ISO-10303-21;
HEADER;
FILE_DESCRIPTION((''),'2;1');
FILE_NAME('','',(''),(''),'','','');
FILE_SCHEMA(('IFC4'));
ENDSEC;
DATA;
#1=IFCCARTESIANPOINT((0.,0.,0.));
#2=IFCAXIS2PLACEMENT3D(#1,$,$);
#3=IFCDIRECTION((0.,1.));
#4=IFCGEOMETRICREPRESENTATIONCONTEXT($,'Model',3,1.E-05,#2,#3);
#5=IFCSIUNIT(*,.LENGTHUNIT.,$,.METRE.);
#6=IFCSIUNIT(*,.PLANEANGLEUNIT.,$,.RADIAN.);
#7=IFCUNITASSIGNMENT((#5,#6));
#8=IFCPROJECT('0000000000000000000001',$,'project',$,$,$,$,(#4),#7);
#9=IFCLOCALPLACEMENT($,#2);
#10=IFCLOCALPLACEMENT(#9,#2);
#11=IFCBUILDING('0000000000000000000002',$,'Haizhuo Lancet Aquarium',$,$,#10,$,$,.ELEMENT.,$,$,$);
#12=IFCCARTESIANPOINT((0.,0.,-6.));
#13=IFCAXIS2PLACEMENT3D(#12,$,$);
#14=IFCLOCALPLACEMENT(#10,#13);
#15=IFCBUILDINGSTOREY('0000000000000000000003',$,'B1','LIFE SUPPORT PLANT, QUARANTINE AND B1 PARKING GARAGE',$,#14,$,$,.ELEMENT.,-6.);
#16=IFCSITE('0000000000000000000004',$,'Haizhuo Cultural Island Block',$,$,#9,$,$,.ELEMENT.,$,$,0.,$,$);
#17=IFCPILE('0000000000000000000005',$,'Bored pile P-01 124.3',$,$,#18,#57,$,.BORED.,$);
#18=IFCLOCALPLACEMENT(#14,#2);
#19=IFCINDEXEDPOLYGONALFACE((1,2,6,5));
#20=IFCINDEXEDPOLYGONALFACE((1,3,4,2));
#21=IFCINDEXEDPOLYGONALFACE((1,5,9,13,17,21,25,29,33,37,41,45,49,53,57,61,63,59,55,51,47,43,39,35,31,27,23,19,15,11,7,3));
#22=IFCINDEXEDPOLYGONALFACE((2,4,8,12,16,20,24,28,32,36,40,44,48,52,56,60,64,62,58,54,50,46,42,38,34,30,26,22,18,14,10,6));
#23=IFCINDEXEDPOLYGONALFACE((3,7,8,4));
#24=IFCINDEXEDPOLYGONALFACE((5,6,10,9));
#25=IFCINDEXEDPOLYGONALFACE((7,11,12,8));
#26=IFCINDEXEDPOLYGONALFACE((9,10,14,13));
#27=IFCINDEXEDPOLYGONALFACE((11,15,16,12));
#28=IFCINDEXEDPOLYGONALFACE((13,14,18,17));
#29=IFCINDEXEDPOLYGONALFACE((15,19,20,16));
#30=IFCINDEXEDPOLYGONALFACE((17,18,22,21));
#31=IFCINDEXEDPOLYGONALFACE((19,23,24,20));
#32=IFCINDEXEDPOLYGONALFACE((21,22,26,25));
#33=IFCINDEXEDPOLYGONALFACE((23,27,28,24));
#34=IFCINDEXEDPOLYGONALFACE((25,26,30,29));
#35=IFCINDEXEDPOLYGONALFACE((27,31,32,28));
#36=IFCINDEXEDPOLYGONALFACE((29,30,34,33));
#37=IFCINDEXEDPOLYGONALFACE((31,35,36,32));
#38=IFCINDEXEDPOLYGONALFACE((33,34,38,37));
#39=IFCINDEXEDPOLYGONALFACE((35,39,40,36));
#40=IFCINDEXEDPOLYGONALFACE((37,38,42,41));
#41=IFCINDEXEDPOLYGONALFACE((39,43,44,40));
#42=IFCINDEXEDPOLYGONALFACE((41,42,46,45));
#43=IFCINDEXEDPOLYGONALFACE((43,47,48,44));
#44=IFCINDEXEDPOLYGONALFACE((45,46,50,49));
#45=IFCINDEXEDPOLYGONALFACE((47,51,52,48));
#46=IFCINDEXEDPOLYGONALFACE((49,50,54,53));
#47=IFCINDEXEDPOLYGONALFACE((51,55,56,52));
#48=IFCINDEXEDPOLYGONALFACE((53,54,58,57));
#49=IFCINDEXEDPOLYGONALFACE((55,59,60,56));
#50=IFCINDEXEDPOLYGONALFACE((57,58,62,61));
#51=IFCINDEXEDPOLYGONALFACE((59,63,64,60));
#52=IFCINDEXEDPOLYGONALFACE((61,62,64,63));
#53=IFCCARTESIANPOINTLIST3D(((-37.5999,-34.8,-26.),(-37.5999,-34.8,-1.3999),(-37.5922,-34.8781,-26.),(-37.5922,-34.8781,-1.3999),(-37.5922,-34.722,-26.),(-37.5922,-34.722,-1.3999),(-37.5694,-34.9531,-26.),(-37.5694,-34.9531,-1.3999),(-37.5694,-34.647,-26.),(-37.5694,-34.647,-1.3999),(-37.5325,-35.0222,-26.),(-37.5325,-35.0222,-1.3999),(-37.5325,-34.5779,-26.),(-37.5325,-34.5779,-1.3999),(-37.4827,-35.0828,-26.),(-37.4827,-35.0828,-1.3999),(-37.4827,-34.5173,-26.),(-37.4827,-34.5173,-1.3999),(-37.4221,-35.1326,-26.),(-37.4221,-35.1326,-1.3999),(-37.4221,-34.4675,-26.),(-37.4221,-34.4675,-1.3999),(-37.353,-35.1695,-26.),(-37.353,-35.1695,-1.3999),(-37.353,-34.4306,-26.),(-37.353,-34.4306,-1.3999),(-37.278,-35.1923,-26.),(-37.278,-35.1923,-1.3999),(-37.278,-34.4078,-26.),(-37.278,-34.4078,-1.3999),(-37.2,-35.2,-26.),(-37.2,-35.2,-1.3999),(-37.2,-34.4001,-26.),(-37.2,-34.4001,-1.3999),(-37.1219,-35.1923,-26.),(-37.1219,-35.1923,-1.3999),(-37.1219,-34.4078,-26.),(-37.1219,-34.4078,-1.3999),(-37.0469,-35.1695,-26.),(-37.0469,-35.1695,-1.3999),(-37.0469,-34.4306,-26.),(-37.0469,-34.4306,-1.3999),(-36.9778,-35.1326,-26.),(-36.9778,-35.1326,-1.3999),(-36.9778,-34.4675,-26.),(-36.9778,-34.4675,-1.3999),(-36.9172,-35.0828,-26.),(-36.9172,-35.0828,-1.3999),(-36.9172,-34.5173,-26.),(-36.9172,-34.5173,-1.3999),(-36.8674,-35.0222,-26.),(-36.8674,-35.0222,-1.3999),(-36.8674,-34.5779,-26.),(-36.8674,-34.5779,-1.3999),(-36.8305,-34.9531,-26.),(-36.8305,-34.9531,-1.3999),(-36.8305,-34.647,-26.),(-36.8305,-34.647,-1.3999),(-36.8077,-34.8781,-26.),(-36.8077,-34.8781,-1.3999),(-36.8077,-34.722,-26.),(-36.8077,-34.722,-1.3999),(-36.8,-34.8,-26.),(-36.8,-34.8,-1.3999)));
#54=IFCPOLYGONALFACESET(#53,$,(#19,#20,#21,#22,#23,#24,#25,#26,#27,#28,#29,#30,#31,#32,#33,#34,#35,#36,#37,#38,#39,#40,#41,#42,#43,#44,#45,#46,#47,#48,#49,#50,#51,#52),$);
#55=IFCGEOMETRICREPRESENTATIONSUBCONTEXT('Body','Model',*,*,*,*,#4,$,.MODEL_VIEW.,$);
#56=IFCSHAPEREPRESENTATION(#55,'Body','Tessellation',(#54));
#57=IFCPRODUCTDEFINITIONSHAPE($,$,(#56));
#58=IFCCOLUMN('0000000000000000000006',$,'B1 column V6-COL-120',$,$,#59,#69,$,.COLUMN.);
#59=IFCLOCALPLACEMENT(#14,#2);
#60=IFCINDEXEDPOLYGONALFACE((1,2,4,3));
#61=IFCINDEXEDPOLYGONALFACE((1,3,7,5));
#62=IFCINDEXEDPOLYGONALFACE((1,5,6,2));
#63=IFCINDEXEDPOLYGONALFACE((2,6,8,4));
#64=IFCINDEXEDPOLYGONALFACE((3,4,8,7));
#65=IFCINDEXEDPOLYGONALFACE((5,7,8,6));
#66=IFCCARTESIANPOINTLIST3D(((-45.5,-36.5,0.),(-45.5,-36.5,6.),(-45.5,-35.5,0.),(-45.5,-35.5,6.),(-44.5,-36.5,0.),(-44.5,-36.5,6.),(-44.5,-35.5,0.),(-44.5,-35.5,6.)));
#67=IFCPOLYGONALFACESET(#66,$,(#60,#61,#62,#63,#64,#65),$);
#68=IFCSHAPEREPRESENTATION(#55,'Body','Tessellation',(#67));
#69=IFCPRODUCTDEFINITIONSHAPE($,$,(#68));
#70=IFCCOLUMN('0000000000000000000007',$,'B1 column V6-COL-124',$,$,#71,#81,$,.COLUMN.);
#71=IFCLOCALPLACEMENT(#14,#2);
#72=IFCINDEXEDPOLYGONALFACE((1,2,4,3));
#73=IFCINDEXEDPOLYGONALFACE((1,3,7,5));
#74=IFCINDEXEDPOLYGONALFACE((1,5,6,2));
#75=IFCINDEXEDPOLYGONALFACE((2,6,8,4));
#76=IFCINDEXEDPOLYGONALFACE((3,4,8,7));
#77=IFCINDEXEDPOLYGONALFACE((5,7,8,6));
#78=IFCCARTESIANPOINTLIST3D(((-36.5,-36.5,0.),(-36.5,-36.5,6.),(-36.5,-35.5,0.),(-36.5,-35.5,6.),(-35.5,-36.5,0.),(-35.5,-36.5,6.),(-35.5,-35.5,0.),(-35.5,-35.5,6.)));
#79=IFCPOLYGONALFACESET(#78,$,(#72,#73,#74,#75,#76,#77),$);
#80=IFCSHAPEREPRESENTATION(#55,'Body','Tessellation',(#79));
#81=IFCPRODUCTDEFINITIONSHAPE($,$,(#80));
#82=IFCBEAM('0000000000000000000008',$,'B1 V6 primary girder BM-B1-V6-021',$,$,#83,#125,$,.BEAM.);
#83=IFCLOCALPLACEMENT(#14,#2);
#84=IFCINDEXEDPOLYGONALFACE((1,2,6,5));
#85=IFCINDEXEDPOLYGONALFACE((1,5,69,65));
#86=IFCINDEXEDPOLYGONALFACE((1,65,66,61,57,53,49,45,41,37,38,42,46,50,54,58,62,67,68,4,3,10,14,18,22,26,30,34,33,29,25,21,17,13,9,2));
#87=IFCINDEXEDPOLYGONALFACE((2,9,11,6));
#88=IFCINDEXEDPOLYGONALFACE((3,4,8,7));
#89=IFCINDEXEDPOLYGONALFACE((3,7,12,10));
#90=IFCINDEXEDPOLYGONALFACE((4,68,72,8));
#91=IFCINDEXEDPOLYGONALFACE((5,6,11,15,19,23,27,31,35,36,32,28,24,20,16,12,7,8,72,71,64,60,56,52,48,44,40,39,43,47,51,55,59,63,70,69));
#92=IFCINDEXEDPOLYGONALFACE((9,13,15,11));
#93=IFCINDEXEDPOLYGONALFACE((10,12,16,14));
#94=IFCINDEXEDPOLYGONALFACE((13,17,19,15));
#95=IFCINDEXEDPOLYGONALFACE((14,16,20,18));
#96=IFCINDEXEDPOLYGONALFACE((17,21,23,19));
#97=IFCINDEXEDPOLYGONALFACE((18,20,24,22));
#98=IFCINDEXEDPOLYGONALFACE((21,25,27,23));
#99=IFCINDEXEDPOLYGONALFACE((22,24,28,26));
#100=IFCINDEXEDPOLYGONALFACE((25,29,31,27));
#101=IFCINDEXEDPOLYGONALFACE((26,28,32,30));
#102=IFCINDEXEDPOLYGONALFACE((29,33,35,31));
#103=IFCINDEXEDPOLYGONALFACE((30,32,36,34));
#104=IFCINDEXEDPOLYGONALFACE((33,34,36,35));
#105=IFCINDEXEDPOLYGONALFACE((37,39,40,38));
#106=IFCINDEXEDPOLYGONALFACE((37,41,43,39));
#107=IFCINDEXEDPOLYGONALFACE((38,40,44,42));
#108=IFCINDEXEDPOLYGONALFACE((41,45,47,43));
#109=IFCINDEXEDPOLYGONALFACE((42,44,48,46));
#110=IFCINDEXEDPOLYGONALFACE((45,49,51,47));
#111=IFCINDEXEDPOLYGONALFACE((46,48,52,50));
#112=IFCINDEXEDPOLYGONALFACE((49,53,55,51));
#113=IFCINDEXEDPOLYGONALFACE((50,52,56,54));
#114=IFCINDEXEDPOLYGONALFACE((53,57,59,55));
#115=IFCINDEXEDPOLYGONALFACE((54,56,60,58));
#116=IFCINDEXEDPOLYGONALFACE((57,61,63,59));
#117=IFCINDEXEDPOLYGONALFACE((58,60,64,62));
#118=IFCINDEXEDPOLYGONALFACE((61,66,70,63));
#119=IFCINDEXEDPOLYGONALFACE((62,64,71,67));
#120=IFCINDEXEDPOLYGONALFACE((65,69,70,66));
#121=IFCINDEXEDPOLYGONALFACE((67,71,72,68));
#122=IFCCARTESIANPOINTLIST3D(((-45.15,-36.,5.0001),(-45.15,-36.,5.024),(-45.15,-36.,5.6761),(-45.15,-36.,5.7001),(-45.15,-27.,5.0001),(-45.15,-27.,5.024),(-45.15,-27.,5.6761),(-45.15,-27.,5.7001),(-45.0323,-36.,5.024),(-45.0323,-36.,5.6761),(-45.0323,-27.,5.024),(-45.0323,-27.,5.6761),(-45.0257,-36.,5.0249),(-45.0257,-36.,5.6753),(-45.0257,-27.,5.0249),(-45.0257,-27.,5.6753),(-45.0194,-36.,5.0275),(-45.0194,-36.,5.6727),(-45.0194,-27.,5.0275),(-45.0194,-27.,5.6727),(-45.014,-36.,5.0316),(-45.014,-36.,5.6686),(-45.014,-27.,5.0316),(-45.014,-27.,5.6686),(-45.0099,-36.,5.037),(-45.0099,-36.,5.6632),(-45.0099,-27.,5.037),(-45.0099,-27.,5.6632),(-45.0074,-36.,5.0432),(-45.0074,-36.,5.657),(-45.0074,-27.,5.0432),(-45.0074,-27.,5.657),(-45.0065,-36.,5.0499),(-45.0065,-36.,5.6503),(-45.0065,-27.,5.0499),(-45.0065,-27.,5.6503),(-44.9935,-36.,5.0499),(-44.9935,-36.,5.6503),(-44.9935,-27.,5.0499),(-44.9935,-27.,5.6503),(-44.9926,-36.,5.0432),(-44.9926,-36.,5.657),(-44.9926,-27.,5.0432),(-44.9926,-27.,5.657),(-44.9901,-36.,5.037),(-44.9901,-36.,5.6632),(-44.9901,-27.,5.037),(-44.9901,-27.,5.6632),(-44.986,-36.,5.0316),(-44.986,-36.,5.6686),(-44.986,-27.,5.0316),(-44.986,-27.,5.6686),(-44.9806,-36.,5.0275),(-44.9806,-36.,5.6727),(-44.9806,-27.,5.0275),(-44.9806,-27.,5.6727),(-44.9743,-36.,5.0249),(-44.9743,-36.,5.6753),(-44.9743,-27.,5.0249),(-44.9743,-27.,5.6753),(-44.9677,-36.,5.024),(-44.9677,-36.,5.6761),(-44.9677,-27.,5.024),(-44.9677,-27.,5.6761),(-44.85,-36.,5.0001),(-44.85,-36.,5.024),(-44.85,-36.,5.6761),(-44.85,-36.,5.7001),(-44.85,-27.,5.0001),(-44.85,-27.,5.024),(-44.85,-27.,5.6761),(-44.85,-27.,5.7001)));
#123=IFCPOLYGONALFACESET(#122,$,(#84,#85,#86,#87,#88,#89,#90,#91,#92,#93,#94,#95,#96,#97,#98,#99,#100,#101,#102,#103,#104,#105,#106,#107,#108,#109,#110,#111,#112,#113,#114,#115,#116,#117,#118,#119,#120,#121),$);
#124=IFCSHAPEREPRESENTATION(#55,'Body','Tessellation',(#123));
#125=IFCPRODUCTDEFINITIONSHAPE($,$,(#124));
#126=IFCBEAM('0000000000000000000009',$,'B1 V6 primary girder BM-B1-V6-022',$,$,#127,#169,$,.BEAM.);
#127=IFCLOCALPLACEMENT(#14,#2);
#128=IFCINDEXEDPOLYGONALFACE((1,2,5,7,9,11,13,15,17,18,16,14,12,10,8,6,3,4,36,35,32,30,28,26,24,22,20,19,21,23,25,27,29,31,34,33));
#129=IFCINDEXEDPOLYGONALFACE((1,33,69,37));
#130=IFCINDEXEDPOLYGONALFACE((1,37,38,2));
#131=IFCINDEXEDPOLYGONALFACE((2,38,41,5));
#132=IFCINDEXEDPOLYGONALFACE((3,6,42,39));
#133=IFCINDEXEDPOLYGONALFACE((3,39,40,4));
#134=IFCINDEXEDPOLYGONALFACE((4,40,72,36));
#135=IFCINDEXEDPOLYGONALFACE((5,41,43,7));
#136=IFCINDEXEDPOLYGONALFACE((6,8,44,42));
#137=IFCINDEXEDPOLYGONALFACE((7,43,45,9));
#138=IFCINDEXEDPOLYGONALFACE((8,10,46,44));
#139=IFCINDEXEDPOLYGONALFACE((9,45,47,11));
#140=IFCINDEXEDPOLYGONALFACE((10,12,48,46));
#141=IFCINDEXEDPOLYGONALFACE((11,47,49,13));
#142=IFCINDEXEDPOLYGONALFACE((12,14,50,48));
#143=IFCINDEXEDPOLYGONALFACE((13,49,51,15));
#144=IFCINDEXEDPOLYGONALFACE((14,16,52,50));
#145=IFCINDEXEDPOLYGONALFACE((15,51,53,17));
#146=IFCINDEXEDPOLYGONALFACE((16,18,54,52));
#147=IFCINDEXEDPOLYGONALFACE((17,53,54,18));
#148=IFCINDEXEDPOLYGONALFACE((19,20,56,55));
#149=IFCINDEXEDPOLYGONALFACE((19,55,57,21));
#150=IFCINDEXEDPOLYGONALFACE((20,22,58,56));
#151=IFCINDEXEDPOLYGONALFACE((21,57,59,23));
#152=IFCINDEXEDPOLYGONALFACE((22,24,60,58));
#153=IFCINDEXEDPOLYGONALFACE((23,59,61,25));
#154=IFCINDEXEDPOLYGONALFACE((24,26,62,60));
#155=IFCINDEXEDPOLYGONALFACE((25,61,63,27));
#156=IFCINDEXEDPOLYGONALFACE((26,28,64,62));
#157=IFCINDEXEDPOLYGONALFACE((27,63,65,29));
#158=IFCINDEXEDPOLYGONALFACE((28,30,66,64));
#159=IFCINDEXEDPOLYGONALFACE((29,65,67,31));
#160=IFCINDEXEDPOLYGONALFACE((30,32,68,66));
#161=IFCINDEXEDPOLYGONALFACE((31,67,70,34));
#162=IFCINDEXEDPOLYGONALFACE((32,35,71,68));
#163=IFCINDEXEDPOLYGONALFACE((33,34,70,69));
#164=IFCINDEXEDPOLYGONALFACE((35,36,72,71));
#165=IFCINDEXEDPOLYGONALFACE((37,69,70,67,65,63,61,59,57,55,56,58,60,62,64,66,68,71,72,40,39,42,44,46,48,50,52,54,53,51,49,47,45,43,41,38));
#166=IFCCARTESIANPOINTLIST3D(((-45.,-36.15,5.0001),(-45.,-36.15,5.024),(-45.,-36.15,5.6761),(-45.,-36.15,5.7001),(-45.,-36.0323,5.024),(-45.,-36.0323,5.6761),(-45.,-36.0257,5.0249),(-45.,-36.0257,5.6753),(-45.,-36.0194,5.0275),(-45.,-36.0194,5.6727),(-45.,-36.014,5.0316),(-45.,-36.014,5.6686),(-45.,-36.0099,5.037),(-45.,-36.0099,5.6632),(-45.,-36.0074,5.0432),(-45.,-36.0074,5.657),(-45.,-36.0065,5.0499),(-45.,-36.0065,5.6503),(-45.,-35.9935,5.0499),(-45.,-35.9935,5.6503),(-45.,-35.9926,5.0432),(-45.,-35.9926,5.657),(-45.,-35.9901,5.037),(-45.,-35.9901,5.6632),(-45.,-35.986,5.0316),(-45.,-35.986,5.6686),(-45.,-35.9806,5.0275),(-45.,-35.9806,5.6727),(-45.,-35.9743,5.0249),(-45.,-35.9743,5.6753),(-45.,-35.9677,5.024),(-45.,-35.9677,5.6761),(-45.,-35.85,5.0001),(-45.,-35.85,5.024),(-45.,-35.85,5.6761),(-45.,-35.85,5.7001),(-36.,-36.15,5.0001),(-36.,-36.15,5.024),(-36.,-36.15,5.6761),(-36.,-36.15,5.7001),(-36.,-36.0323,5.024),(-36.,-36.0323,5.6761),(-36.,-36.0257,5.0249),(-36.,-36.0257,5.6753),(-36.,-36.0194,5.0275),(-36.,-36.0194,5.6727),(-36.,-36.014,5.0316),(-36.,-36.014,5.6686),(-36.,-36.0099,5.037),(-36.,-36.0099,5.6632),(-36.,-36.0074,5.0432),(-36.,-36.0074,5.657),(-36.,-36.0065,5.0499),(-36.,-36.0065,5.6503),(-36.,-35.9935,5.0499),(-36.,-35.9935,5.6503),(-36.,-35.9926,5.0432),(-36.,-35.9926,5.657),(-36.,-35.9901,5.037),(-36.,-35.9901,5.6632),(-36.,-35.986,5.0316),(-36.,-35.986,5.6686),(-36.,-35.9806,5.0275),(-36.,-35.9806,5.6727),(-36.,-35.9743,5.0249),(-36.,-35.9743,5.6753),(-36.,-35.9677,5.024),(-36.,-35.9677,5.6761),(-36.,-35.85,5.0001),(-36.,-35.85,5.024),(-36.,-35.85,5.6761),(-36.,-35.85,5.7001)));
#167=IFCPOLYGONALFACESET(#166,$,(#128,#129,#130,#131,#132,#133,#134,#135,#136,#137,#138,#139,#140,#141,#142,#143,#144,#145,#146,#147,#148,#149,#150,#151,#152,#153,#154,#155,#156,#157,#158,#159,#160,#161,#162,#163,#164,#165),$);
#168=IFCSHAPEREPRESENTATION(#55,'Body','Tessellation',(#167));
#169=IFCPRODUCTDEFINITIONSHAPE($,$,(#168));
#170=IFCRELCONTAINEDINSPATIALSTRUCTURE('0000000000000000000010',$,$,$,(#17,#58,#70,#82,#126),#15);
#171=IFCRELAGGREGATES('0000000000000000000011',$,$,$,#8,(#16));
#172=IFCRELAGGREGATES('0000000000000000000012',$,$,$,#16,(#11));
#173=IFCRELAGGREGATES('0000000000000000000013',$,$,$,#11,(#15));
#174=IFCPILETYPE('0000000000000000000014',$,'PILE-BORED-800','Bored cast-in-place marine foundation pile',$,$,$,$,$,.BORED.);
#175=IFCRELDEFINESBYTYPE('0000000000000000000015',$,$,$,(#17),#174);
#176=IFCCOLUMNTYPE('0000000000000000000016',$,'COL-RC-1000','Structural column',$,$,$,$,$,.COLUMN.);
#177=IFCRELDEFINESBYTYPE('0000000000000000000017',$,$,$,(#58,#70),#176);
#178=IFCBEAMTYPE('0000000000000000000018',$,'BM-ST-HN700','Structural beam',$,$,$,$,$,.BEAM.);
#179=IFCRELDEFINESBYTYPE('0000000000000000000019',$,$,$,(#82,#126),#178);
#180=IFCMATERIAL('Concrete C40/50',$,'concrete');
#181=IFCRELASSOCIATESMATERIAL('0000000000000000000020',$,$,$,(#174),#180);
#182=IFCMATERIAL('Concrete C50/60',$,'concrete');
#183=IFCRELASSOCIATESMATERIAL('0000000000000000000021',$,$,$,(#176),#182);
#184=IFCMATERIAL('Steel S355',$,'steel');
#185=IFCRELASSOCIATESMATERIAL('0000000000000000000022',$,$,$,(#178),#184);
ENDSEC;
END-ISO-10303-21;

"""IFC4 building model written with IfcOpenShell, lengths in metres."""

from ifc_helpers import new_model, si_unit, direction, frame, origin, origin_2d, place, context, subcontext, project, spatial, rectangle, circle, i_section, extrude, material, material_profile, profile_set, type_object, element, save


model = new_model("IFC4")

# Units and contexts
model_context = context("Model", 3, precision=1e-05, world=origin(), true_north=direction((0.0, 1.0)))
body_context = subcontext(model_context, "Body", "Model", "MODEL_VIEW")
ifc_project = project(units=[si_unit("LENGTHUNIT", "METRE"), si_unit("PLANEANGLEUNIT", "RADIAN")], contexts=[model_context])

# Site, building, storey
site_placement = place(None, origin())
site = spatial("IfcSite", under=ifc_project, at=site_placement, Name="Haizhuo Cultural Island Block", CompositionType="ELEMENT", RefElevation=0.0)
building_placement = place(site_placement, origin())
building = spatial("IfcBuilding", under=site, at=building_placement, Name="Haizhuo Lancet Aquarium", CompositionType="ELEMENT")
storey_placement = place(building_placement, frame((0.0, 0.0, -6.0)))
storey = spatial("IfcBuildingStorey", under=building, at=storey_placement, Name="B1", Description="LIFE SUPPORT PLANT, QUARANTINE AND B1 PARKING GARAGE", CompositionType="ELEMENT", Elevation=-6.0)

# Shared definitions
ifc_material_1 = material(Name="Concrete C40/50", Category="concrete")

# Pile
ifc_material_profile_1 = material_profile(ifc_material_1, circle(Radius=0.3999, at=origin_2d()), Name="PILE-800")
ifc_profile_set_1 = profile_set([ifc_material_profile_1], Name="Concrete C40/50")
pile_type_1 = type_object("IfcPileType", Name="PILE-BORED-800", Description="Bored cast-in-place marine foundation pile", PredefinedType="BORED", material=ifc_profile_set_1)
for number, where, z_axis, x_axis, name in (
    (1, (-37.2, -34.8, -1.3999), (0.0, 0.0, -1.0), (1.0, 0.0, 0.0), "Bored pile P-01 124.3"),
):
    element("IfcPile", number, at=place(storey_placement, frame(where, z_axis=z_axis, x_axis=x_axis)), inside=storey, type_object=pile_type_1, Name=name, PredefinedType="BORED", context=body_context, shape_type="SweptSolid", body=[
        extrude(circle(Radius=0.3999, at=origin_2d()), origin(), (0.0, 0.0, 1.0), 24.6001),
    ])

# Columns
ifc_material_2 = material(Name="Concrete C50/60", Category="concrete")
ifc_material_profile_2 = material_profile(ifc_material_2, rectangle(XDim=1.0, YDim=1.0, at=origin_2d()), Name="RC-COL 1000x1000")
ifc_profile_set_2 = profile_set([ifc_material_profile_2], Name="Concrete C50/60")
column_type = type_object("IfcColumnType", Name="COL-RC-1000", Description="Structural column", PredefinedType="COLUMN", material=ifc_profile_set_2)
for number, where, z_axis, x_axis, name in (
    (2, (-45.0, -36.0, 0.0), (0.0, 0.0, 1.0), (1.0, 0.0, 0.0), "B1 column V6-COL-120"),
    (3, (-36.0, -36.0, 0.0), (0.0, 0.0, 1.0), (1.0, 0.0, 0.0), "B1 column V6-COL-124"),
):
    element("IfcColumn", number, at=place(storey_placement, frame(where, z_axis=z_axis, x_axis=x_axis)), inside=storey, type_object=column_type, Name=name, PredefinedType="COLUMN", context=body_context, shape_type="SweptSolid", body=[
        extrude(rectangle(XDim=1.0, YDim=1.0, at=origin_2d()), origin(), (0.0, 0.0, 1.0), 6.0),
    ])

# Beams
ifc_material_3 = material(Name="Steel S355", Category="steel")
ifc_material_profile_3 = material_profile(ifc_material_3, i_section(OverallWidth=0.3, OverallDepth=0.7, WebThickness=0.0129, FlangeThickness=0.0239, FilletRadius=0.0259, at=origin_2d()), Name="HN 700x300x13x24")
ifc_profile_set_3 = profile_set([ifc_material_profile_3], Name="Steel S355")
beam_type_1 = type_object("IfcBeamType", Name="BM-ST-HN700", Description="Structural beam", PredefinedType="BEAM", material=ifc_profile_set_3)
for number, where, z_axis, x_axis, name in (
    (4, (-45.0, -36.0, 5.3501), (0.0, 1.0, 0.0), (-1.0, 0.0, 0.0), "B1 V6 primary girder BM-B1-V6-021"),
    (5, (-45.0, -36.0, 5.3501), (1.0, 0.0, 0.0), (0.0, 1.0, 0.0), "B1 V6 primary girder BM-B1-V6-022"),
):
    element("IfcBeam", number, at=place(storey_placement, frame(where, z_axis=z_axis, x_axis=x_axis)), inside=storey, type_object=beam_type_1, Name=name, PredefinedType="BEAM", context=body_context, shape_type="SweptSolid", body=[
        extrude(i_section(OverallWidth=0.3, OverallDepth=0.7, WebThickness=0.0129, FlangeThickness=0.0239, FilletRadius=0.0259, at=origin_2d()), origin(), (0.0, 0.0, 1.0), 9.0),
    ])

save(model, "model.ifc")
